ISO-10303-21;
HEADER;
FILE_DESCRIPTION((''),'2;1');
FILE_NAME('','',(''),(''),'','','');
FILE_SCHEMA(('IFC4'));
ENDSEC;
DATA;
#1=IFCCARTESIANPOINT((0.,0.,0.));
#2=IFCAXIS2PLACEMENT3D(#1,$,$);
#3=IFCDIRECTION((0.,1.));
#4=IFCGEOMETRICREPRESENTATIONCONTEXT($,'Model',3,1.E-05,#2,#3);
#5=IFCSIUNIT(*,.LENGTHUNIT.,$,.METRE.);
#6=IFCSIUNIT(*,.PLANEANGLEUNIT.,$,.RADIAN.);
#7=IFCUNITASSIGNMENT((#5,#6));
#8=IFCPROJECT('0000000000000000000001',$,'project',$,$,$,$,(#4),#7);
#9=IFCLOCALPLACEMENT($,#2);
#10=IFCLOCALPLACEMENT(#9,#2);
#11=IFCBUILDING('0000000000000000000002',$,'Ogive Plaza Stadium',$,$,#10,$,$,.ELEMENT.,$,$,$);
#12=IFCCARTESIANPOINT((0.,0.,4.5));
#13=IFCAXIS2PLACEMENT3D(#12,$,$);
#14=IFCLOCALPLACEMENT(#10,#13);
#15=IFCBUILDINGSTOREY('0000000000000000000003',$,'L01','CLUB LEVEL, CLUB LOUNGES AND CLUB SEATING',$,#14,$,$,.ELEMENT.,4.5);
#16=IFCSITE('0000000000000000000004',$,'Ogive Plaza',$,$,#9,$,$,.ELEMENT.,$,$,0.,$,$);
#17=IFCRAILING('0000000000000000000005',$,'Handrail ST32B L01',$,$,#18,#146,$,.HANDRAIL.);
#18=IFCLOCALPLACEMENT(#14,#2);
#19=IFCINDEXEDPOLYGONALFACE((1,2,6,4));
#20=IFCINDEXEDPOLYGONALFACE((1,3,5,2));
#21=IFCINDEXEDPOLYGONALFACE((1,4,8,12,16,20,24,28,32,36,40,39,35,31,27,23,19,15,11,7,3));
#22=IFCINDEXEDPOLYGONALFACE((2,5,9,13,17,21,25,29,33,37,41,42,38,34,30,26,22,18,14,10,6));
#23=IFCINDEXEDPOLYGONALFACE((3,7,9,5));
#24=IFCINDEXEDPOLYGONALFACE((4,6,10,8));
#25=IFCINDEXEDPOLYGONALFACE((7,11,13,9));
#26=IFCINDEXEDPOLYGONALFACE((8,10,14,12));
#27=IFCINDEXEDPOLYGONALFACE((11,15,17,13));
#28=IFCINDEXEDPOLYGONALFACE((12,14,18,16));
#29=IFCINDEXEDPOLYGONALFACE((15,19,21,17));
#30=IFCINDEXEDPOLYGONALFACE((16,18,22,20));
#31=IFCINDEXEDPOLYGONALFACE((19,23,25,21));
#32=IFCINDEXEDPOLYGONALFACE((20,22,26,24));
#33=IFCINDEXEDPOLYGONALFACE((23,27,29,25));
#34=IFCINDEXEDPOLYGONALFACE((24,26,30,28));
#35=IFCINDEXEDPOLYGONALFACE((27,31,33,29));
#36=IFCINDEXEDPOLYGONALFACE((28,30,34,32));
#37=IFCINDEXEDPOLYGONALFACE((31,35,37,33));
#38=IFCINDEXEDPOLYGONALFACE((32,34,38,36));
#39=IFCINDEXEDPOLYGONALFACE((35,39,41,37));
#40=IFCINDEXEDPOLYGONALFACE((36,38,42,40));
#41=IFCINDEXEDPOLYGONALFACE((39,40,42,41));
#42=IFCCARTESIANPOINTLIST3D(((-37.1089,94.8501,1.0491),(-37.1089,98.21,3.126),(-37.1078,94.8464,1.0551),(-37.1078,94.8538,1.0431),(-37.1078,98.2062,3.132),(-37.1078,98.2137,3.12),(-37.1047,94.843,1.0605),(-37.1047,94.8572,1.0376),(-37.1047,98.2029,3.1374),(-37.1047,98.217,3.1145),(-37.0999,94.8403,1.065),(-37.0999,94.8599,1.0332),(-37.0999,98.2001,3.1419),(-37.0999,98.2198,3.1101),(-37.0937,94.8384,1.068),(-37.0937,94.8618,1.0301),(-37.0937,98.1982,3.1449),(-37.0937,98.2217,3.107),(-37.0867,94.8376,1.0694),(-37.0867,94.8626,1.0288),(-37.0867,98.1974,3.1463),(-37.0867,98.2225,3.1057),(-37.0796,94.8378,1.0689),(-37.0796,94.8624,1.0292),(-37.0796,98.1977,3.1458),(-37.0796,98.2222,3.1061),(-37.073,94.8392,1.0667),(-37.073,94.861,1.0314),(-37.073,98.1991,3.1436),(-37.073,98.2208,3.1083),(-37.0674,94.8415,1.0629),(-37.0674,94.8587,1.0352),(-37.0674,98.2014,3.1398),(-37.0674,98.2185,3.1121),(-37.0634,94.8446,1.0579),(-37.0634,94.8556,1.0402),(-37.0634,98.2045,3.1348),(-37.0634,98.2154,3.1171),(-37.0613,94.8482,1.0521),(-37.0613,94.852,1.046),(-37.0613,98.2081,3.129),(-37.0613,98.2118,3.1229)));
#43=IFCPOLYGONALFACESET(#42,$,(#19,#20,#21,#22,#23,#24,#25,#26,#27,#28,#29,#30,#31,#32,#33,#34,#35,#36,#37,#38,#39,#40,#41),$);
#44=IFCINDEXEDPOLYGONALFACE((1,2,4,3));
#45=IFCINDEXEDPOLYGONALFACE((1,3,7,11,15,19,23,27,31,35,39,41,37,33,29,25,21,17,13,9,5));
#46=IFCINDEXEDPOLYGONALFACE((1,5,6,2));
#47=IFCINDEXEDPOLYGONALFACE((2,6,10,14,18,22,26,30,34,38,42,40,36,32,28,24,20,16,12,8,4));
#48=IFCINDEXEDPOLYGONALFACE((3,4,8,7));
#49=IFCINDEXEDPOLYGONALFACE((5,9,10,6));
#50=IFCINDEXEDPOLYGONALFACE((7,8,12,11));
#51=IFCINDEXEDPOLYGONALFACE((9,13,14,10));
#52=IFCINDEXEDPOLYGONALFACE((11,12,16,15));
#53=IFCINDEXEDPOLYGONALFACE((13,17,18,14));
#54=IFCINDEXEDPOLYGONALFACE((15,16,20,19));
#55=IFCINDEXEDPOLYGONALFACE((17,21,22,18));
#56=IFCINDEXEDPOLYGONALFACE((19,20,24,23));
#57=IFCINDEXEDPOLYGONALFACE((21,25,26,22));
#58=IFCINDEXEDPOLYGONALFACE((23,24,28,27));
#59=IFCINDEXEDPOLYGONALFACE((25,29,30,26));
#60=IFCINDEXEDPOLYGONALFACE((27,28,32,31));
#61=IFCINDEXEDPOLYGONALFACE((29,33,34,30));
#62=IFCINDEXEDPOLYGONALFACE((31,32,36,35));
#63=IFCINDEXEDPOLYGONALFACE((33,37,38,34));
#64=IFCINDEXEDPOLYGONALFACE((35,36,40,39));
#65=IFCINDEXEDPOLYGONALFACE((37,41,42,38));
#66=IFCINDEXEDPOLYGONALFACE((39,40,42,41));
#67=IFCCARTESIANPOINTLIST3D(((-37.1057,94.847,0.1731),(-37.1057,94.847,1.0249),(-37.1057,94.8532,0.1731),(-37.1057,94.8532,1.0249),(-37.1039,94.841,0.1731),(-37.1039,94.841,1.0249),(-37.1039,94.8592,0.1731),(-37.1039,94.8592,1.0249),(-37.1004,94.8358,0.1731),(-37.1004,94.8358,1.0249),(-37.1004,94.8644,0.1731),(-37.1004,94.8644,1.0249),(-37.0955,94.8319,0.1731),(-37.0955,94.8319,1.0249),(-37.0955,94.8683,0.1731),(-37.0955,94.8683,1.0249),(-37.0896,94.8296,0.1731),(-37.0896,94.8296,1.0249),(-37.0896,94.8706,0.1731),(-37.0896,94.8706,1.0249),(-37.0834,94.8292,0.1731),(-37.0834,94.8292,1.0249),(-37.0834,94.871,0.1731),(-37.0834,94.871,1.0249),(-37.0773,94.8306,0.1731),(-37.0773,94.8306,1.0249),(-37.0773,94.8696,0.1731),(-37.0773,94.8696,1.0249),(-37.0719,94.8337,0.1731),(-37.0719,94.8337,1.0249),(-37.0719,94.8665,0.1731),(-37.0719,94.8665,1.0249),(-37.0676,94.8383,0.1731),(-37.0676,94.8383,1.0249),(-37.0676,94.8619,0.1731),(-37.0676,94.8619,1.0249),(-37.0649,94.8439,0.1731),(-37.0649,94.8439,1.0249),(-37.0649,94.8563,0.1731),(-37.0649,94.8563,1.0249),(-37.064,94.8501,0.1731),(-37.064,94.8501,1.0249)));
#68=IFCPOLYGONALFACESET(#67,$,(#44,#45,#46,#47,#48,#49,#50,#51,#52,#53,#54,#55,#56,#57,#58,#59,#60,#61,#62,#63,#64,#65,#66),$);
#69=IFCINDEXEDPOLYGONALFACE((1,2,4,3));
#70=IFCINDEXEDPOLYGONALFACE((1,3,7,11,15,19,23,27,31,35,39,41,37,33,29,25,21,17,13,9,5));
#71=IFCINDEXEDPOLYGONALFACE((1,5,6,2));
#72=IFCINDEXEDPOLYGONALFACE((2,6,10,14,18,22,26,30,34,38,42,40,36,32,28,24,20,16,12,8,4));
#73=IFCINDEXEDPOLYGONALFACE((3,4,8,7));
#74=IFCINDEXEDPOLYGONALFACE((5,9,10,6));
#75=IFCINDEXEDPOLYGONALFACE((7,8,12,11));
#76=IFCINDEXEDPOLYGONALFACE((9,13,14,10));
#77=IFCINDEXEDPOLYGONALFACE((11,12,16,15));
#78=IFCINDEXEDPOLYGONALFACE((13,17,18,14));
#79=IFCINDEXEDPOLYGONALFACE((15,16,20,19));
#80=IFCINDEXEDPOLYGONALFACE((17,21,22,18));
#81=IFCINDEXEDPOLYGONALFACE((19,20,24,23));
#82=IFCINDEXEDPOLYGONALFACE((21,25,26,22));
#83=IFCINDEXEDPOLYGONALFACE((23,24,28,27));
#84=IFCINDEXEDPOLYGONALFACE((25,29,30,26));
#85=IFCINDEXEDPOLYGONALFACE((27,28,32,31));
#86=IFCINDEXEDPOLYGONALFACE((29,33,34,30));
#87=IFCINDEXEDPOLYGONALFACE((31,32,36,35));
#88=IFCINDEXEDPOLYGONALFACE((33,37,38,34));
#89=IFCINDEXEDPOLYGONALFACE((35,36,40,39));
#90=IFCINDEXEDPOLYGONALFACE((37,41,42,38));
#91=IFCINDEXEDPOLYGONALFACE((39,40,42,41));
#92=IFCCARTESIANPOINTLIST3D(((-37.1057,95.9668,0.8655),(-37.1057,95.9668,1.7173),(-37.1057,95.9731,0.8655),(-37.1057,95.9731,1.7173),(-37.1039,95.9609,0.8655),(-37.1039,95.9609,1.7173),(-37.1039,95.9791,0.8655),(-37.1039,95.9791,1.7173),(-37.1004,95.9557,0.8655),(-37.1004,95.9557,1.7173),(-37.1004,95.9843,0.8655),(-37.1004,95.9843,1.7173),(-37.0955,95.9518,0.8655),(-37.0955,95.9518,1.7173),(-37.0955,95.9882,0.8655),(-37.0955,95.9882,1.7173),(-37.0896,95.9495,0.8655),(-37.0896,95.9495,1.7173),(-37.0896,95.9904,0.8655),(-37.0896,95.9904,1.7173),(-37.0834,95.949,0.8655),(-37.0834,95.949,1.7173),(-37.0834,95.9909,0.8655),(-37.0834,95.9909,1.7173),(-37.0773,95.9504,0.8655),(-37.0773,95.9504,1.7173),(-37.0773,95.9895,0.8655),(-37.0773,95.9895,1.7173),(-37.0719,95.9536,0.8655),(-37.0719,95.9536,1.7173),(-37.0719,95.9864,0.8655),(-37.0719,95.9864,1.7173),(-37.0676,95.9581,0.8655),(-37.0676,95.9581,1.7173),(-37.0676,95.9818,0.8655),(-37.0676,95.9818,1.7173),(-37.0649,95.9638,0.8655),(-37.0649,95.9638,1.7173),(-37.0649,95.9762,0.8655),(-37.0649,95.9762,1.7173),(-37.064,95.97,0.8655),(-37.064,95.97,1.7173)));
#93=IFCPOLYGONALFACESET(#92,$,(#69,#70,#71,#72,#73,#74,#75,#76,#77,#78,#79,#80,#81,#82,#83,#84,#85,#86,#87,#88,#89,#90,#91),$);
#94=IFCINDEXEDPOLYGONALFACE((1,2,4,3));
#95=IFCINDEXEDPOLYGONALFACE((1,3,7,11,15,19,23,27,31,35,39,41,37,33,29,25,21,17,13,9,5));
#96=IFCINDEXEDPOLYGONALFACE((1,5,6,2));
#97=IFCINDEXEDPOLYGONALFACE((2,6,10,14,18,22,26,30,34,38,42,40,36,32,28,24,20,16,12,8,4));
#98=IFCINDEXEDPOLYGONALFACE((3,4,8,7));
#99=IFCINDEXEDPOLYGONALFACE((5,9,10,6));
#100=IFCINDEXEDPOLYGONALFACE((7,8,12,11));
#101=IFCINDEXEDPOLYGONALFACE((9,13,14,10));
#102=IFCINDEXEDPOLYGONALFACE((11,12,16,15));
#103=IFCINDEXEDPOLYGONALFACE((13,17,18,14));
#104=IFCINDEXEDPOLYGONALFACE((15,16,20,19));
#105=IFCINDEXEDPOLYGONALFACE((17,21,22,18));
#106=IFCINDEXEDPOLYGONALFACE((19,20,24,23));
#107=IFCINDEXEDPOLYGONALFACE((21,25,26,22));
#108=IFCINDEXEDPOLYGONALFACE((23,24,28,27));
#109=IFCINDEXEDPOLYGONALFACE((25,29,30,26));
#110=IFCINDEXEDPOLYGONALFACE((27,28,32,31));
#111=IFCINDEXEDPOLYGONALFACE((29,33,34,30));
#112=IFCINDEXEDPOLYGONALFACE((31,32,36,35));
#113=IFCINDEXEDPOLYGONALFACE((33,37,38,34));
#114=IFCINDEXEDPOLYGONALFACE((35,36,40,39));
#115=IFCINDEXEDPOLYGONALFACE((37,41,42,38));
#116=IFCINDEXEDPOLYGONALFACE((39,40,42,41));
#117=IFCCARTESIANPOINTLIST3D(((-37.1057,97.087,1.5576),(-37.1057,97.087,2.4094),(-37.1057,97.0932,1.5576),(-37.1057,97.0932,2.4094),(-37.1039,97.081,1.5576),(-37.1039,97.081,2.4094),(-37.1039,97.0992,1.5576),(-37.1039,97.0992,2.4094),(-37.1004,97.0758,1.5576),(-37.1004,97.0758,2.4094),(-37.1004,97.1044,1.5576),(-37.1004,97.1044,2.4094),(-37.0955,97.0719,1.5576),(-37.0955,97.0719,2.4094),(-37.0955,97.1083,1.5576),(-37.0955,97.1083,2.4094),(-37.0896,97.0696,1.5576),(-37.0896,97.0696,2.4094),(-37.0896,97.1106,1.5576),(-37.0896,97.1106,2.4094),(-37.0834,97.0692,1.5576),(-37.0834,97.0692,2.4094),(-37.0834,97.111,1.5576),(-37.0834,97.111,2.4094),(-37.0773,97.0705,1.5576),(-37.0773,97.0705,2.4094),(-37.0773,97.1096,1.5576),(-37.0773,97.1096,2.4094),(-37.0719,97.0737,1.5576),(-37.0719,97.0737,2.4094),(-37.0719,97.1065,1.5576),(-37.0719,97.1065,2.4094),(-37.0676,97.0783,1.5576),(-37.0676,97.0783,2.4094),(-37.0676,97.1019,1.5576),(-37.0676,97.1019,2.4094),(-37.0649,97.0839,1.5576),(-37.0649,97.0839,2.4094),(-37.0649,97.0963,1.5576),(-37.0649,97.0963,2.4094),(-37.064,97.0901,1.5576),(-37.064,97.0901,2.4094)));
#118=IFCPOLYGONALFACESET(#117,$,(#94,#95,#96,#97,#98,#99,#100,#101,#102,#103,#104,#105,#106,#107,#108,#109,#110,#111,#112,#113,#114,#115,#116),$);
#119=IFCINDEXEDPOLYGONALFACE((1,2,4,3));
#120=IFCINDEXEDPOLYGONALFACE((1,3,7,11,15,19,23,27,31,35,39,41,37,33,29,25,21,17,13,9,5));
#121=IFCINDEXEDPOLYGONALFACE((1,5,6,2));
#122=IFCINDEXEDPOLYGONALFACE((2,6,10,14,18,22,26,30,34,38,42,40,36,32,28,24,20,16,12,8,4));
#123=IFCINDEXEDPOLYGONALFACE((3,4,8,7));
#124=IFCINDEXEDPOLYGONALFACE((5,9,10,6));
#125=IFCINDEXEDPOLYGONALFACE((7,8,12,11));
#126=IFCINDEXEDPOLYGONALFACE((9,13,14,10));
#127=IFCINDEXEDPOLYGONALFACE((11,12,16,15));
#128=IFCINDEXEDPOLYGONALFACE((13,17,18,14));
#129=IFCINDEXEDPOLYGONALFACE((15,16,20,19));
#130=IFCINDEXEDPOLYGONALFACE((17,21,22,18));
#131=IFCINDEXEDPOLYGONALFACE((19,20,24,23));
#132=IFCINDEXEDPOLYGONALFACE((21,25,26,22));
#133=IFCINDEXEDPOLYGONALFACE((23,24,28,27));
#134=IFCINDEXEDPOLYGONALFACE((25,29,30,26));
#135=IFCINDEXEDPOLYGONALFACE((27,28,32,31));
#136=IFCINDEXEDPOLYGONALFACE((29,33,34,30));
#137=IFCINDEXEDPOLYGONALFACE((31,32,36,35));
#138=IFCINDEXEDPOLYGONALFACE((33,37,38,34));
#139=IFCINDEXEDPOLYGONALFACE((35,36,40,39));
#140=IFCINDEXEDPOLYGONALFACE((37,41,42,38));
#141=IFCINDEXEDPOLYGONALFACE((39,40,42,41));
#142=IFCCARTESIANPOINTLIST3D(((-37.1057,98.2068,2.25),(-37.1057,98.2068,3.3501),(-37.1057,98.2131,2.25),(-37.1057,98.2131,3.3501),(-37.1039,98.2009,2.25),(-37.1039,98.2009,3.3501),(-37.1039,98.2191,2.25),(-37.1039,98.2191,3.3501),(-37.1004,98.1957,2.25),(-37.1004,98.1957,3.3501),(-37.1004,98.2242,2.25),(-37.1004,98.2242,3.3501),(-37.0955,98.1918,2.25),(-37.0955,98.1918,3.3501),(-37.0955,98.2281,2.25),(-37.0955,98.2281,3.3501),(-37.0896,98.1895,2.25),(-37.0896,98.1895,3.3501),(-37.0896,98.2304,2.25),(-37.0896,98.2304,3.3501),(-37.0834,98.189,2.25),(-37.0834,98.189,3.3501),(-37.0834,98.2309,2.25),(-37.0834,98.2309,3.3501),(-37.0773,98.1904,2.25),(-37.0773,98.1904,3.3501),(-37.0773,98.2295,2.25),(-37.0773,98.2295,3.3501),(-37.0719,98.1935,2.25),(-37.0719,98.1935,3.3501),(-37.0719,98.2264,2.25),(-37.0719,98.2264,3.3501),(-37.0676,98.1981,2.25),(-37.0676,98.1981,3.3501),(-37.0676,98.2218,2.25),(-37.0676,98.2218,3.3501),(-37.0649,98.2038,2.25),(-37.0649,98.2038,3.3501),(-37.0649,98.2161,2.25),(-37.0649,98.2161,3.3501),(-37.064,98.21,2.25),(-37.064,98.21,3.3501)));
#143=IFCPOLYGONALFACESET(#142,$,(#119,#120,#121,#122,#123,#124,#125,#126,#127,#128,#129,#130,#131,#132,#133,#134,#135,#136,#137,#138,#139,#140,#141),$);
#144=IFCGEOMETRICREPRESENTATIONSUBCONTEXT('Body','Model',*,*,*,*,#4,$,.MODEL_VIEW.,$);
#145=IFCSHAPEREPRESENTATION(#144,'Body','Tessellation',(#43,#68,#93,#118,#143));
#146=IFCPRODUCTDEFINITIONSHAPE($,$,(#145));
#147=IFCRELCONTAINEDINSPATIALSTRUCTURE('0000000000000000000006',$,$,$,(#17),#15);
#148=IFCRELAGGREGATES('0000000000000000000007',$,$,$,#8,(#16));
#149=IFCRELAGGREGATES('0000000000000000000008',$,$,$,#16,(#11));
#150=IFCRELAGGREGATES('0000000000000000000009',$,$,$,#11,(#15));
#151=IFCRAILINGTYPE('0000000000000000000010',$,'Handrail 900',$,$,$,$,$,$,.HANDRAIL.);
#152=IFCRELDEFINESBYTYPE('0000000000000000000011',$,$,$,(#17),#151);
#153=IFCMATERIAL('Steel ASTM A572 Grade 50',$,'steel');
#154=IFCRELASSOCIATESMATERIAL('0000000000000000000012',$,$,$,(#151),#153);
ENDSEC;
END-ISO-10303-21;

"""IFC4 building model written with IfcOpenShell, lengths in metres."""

from ifc_helpers import new_model, si_unit, direction, frame, origin, origin_2d, place, context, subcontext, project, spatial, circle, extrude, material, type_object, element, save


model = new_model("IFC4")

# Units and contexts
model_context = context("Model", 3, precision=1e-05, world=origin(), true_north=direction((0.0, 1.0)))
body_context = subcontext(model_context, "Body", "Model", "MODEL_VIEW")
ifc_project = project(units=[si_unit("LENGTHUNIT", "METRE"), si_unit("PLANEANGLEUNIT", "RADIAN")], contexts=[model_context])

# Site, building, storey
site_placement = place(None, origin())
site = spatial("IfcSite", under=ifc_project, at=site_placement, Name="Ogive Plaza", CompositionType="ELEMENT", RefElevation=0.0)
building_placement = place(site_placement, origin())
building = spatial("IfcBuilding", under=site, at=building_placement, Name="Ogive Plaza Stadium", CompositionType="ELEMENT")
storey_placement = place(building_placement, frame((0.0, 0.0, 4.5)))
storey = spatial("IfcBuildingStorey", under=building, at=storey_placement, Name="L01", Description="CLUB LEVEL, CLUB LOUNGES AND CLUB SEATING", CompositionType="ELEMENT", Elevation=4.5)

# Railing
ifc_material_1 = material(Name="Steel ASTM A572 Grade 50", Category="steel")
railing_type_1 = type_object("IfcRailingType", Name="Handrail 900", PredefinedType="HANDRAIL", material=ifc_material_1)
railing_placement = place(storey_placement, frame((-37.085, 94.8501, 0.1731)))
element("IfcRailing", 1, at=railing_placement, inside=storey, type_object=railing_type_1, Name="Handrail ST32B L01", PredefinedType="HANDRAIL", context=body_context, shape_type="SweptSolid", body=[
    extrude(circle(Radius=0.0239, at=origin_2d()), frame((0.0, 0.0, 0.876), z_axis=(0.0, 0.850606, 0.525803), x_axis=(-1.0, 0.0, 0.0)), (0.0, 0.0, 1.0), 3.95),
    extrude(circle(Radius=0.021, at=origin_2d()), origin(), (0.0, 0.0, 1.0), 0.8518),
    extrude(circle(Radius=0.021, at=origin_2d()), frame((0.0, 1.1199, 0.6924)), (0.0, 0.0, 1.0), 0.8518),
    extrude(circle(Radius=0.021, at=origin_2d()), frame((0.0, 2.24, 1.3845)), (0.0, 0.0, 1.0), 0.8518),
    extrude(circle(Radius=0.021, at=origin_2d()), frame((0.0, 3.3599, 2.0769)), (0.0, 0.0, 1.0), 1.1001),
])

save(model, "model.ifc")
